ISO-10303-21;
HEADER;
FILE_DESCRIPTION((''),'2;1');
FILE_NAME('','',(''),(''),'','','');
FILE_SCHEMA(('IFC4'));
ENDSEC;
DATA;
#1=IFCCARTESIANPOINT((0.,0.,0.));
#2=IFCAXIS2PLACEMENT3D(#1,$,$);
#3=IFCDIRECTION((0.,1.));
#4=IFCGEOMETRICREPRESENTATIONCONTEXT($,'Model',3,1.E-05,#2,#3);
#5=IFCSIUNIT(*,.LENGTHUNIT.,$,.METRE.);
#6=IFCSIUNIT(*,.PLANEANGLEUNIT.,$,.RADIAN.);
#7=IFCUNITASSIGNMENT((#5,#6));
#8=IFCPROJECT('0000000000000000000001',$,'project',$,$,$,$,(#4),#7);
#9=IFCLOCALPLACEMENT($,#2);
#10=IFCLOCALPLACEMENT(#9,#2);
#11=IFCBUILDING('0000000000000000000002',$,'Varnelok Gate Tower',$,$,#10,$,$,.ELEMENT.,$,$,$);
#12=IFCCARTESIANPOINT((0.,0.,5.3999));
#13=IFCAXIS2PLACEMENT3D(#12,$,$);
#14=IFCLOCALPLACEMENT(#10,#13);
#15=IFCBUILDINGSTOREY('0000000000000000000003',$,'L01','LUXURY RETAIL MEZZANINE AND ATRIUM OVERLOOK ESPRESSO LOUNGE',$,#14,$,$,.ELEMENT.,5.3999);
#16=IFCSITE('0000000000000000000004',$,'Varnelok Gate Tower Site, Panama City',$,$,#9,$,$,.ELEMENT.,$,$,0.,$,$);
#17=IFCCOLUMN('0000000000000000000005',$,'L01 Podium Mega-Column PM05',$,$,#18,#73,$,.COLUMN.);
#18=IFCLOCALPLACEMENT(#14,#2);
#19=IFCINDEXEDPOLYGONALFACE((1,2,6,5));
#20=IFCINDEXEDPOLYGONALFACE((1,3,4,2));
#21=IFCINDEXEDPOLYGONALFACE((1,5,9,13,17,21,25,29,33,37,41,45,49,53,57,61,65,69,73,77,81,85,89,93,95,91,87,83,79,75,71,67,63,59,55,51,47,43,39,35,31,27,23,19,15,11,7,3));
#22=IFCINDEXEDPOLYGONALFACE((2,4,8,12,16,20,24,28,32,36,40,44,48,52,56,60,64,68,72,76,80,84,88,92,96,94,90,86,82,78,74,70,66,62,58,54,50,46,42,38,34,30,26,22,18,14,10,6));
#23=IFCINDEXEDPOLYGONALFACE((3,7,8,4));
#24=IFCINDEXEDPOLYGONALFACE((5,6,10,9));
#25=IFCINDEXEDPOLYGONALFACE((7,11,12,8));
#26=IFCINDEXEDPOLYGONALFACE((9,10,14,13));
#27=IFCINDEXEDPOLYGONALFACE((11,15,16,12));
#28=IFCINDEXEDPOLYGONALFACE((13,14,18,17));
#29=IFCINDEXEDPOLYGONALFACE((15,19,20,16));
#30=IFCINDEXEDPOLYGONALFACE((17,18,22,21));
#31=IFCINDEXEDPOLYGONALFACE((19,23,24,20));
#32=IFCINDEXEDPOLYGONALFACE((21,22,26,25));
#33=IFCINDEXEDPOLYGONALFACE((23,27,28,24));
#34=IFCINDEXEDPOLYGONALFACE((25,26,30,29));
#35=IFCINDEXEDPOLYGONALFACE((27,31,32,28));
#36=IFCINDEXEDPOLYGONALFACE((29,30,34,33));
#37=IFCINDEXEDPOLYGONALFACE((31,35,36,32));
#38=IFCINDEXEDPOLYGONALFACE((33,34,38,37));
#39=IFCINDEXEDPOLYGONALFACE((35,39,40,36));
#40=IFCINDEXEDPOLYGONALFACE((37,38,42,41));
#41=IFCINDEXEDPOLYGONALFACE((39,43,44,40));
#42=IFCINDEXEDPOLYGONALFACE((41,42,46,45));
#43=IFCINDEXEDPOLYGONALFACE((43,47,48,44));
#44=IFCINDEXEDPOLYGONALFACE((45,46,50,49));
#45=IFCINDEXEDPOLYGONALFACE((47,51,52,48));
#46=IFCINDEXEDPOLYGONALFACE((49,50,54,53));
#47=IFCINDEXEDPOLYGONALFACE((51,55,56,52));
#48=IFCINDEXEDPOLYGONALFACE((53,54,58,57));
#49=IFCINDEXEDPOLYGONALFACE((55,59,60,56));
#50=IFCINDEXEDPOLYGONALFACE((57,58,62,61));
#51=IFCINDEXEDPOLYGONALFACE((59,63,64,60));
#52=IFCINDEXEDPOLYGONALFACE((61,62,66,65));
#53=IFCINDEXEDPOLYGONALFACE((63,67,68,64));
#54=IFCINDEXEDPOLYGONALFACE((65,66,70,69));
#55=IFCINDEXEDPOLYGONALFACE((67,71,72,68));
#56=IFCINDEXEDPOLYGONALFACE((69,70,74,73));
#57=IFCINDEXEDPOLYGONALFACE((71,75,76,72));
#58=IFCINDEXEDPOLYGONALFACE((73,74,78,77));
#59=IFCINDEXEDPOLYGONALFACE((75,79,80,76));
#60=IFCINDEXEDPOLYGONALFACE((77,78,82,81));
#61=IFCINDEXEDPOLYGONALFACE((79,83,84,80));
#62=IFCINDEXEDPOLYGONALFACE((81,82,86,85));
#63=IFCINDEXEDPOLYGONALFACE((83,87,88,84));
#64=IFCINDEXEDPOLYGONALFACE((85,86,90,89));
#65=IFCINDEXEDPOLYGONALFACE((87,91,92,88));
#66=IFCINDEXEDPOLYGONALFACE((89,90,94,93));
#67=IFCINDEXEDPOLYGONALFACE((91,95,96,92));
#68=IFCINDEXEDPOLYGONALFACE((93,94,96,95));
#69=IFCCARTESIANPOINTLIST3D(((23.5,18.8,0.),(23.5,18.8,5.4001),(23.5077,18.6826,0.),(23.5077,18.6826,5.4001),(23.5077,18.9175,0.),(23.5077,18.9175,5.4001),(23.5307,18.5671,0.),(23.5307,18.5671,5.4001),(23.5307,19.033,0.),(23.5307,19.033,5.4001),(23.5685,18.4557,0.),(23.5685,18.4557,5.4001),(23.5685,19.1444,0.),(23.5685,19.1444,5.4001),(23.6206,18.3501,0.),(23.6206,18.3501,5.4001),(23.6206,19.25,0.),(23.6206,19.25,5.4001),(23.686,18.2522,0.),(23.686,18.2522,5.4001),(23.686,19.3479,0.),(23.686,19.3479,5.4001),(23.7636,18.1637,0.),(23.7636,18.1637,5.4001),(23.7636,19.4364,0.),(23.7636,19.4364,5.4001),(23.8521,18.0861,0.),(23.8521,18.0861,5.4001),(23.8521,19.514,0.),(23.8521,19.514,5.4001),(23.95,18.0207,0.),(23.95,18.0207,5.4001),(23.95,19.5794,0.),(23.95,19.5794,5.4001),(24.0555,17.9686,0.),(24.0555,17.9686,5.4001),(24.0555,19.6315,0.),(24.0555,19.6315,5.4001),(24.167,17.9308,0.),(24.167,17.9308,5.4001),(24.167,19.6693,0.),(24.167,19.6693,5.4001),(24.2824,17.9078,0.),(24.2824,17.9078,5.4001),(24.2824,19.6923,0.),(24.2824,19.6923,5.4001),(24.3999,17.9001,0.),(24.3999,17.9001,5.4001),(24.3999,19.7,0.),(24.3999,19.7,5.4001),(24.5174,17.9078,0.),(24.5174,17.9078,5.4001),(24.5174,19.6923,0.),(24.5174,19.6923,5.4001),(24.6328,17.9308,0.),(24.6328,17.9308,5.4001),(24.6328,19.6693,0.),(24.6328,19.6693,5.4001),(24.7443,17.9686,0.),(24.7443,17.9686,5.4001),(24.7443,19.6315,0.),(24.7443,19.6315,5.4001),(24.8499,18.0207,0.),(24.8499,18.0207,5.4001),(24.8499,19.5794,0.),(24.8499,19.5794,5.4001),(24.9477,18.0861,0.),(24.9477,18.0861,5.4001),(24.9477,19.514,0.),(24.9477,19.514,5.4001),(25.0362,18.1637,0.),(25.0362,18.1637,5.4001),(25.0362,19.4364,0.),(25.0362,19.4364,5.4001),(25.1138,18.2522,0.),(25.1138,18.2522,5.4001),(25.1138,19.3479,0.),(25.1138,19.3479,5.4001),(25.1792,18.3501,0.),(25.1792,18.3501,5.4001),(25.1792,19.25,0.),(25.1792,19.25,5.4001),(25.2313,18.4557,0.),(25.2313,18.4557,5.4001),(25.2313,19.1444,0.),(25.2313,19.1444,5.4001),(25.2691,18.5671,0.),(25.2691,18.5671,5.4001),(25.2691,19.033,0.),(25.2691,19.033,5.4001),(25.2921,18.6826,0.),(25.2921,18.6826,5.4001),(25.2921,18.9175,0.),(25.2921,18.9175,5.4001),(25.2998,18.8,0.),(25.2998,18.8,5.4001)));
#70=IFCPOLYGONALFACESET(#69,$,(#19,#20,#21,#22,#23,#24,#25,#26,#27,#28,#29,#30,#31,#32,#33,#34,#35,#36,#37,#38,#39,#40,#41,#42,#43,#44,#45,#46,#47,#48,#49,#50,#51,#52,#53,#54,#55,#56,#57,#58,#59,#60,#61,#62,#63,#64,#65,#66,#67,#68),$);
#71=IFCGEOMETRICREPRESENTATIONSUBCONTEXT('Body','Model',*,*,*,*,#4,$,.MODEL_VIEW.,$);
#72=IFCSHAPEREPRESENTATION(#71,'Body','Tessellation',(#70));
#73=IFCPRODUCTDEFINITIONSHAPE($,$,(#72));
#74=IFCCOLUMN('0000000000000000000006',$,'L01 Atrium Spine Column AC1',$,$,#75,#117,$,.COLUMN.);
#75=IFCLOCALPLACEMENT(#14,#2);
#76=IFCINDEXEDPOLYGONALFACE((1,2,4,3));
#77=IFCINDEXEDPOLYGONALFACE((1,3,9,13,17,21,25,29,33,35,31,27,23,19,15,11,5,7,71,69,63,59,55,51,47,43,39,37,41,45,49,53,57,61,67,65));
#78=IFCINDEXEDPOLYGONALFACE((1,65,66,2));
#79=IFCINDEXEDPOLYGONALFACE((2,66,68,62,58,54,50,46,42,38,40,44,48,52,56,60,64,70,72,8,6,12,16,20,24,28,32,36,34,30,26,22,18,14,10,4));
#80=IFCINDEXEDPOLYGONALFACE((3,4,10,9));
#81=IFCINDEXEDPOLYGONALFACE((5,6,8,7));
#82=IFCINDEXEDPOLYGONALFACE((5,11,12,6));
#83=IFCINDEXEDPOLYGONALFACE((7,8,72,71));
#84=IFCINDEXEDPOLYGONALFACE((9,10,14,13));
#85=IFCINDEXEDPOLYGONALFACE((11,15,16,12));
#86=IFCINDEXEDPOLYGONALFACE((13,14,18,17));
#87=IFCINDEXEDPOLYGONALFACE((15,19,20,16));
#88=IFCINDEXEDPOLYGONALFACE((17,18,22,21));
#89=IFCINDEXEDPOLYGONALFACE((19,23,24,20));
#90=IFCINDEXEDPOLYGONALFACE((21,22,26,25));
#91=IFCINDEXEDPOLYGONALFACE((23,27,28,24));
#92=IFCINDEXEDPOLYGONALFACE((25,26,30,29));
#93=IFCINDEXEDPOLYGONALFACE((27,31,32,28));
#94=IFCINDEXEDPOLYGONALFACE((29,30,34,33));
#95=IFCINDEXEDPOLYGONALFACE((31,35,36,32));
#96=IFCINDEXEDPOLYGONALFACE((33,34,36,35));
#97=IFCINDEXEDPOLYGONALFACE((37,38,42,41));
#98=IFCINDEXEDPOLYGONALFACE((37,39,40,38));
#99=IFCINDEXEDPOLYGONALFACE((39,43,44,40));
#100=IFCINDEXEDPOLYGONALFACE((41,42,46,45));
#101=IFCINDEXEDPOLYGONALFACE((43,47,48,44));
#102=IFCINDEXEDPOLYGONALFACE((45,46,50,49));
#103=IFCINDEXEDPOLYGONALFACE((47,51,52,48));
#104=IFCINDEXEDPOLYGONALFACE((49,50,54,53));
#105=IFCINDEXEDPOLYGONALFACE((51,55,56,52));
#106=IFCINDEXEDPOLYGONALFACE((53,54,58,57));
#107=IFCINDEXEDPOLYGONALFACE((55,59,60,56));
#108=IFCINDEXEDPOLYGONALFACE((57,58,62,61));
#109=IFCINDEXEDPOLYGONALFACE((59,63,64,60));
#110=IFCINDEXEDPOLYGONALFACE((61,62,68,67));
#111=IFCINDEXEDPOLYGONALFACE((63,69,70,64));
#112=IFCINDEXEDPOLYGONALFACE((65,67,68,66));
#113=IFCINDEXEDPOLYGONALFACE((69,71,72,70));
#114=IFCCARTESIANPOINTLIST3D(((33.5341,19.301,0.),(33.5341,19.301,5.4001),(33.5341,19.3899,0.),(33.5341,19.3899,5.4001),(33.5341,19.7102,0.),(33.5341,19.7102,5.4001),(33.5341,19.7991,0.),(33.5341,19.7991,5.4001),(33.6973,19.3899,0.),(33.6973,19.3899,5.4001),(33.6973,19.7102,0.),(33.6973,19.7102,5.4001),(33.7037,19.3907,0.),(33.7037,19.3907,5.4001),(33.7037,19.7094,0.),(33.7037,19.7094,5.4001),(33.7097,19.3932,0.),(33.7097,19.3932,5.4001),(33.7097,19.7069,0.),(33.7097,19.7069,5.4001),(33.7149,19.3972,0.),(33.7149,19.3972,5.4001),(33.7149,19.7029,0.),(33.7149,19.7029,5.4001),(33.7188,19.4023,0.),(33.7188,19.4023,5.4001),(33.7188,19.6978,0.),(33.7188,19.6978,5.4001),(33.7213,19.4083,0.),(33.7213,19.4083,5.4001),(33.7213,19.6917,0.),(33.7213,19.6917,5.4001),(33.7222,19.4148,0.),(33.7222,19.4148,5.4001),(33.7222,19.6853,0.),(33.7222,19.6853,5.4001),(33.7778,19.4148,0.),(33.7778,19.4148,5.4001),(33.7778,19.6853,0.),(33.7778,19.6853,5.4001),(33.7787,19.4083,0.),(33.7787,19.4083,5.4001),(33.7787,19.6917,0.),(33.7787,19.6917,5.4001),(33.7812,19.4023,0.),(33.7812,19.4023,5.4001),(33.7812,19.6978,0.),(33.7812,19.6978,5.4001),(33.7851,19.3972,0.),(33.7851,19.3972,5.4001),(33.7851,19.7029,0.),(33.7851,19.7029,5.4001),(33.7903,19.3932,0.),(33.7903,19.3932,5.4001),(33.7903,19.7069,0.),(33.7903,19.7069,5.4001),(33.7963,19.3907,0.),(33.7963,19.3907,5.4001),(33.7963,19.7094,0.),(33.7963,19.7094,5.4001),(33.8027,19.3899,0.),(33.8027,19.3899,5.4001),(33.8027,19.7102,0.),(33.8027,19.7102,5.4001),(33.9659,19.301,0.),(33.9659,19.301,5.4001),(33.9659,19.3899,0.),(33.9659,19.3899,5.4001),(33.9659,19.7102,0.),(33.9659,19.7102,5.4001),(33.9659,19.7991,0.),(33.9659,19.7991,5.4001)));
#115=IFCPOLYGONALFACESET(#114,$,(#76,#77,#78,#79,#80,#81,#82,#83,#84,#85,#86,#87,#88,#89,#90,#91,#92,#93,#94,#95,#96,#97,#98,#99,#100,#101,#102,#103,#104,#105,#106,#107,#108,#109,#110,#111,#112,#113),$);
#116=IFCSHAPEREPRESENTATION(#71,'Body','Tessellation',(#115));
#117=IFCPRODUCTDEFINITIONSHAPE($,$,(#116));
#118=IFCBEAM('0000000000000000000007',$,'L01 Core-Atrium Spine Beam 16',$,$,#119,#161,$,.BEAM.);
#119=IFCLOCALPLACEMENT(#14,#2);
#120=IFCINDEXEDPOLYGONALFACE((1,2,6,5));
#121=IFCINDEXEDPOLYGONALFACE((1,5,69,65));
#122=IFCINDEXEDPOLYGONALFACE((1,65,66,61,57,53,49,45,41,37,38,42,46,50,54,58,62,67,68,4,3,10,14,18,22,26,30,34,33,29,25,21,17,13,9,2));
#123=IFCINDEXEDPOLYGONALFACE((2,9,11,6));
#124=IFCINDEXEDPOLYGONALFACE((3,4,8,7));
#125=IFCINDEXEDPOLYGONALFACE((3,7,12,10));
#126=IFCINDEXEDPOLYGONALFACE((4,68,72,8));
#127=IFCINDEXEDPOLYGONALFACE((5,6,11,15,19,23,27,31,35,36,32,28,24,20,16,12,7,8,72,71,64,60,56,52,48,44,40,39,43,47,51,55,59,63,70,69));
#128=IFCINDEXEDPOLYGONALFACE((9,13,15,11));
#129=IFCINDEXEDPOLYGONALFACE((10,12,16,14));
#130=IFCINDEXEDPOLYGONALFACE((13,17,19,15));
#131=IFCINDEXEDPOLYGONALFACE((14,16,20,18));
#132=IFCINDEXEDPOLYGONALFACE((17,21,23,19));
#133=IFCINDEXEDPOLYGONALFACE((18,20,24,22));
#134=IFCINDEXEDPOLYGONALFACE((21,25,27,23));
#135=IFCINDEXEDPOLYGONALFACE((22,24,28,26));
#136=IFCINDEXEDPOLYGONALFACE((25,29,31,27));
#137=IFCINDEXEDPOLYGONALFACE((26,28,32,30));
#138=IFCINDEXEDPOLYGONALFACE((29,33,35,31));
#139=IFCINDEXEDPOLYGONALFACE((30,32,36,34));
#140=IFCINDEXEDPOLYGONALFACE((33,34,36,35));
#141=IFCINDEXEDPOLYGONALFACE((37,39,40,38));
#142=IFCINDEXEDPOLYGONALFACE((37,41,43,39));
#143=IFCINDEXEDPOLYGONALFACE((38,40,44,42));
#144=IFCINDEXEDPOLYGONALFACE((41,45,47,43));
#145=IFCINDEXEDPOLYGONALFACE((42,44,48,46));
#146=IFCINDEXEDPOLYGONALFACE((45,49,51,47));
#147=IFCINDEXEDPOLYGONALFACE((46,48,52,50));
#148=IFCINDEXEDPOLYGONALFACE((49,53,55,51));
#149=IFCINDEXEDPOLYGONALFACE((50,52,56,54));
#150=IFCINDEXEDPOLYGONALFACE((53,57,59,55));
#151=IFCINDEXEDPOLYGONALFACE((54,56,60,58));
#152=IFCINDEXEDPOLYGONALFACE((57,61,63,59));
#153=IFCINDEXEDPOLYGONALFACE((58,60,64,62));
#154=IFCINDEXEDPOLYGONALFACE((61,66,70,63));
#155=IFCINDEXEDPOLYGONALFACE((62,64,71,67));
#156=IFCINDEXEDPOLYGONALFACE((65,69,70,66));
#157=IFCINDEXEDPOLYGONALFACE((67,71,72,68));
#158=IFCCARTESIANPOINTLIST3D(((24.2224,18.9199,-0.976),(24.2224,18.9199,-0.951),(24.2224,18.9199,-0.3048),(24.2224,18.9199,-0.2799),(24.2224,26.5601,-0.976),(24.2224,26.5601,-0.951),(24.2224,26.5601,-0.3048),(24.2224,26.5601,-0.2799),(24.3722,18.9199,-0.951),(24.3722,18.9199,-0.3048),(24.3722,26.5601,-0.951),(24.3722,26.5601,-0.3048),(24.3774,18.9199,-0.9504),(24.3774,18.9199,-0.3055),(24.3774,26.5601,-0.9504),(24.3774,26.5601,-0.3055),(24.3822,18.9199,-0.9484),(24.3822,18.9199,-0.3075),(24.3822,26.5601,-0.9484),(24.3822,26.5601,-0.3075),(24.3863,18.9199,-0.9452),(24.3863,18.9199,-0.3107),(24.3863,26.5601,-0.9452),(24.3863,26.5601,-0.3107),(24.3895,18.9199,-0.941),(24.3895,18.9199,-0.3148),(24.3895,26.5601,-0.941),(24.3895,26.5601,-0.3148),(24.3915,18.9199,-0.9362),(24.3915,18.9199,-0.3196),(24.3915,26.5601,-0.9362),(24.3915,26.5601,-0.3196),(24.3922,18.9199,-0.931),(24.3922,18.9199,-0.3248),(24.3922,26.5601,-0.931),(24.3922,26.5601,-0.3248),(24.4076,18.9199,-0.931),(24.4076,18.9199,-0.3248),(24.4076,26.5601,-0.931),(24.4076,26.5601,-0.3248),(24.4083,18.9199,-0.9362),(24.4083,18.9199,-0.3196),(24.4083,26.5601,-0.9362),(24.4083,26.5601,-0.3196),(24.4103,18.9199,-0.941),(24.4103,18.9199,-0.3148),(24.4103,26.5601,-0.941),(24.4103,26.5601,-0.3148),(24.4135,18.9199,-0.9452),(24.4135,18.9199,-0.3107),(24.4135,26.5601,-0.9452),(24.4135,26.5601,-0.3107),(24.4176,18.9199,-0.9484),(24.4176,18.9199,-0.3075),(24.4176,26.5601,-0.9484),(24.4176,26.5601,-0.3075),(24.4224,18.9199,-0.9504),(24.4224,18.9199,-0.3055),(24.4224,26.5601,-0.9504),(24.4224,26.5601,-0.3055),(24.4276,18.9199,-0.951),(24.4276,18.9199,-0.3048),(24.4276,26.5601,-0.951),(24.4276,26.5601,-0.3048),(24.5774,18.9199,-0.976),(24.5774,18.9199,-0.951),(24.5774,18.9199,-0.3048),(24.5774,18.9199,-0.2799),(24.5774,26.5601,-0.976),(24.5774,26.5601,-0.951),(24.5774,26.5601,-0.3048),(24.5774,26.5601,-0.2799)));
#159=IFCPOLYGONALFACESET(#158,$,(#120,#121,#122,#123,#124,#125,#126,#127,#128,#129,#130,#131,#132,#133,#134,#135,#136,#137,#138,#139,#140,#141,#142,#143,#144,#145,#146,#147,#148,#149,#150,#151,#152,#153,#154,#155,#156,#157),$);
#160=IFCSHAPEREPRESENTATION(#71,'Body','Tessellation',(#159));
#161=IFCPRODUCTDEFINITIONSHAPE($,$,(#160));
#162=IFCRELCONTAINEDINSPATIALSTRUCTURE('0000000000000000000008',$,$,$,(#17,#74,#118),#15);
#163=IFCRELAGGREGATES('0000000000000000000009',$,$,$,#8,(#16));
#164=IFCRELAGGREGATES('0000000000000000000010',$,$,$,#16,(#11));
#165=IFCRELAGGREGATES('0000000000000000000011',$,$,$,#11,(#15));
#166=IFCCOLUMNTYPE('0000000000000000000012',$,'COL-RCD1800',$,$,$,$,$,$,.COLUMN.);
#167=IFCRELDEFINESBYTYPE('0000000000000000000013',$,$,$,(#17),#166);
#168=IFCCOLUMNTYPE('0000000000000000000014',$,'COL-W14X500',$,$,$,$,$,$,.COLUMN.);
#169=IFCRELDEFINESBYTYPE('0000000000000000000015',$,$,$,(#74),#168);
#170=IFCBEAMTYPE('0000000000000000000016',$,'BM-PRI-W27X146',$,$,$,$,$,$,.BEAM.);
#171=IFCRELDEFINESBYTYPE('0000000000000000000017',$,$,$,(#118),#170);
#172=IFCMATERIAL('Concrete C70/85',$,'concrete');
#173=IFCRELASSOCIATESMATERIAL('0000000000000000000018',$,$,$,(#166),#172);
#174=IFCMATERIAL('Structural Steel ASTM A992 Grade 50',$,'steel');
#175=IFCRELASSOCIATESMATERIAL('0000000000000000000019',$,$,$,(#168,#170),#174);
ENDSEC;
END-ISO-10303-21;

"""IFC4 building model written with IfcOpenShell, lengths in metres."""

from ifc_helpers import new_model, si_unit, direction, frame, origin, origin_2d, place, context, subcontext, project, spatial, circle, i_section, extrude, material, material_profile, profile_set, type_object, element, save


model = new_model("IFC4")

# Units and contexts
model_context = context("Model", 3, precision=1e-05, world=origin(), true_north=direction((0.0, 1.0)))
body_context = subcontext(model_context, "Body", "Model", "MODEL_VIEW")
ifc_project = project(units=[si_unit("LENGTHUNIT", "METRE"), si_unit("PLANEANGLEUNIT", "RADIAN")], contexts=[model_context])

# Site, building, storey
site_placement = place(None, origin())
site = spatial("IfcSite", under=ifc_project, at=site_placement, Name="Varnelok Gate Tower Site, Panama City", CompositionType="ELEMENT", RefElevation=0.0)
building_placement = place(site_placement, origin())
building = spatial("IfcBuilding", under=site, at=building_placement, Name="Varnelok Gate Tower", CompositionType="ELEMENT")
storey_placement = place(building_placement, frame((0.0, 0.0, 5.3999)))
storey = spatial("IfcBuildingStorey", under=building, at=storey_placement, Name="L01", Description="LUXURY RETAIL MEZZANINE AND ATRIUM OVERLOOK ESPRESSO LOUNGE", CompositionType="ELEMENT", Elevation=5.3999)

# Columns
ifc_material_1 = material(Name="Concrete C70/85", Category="concrete")
ifc_material_profile_1 = material_profile(ifc_material_1, circle(Radius=0.8999, at=origin_2d()), Name="RCD1800")
ifc_profile_set_1 = profile_set([ifc_material_profile_1], Name="Concrete C70/85")
column_type_1 = type_object("IfcColumnType", Name="COL-RCD1800", PredefinedType="COLUMN", material=ifc_profile_set_1)
column_1_placement = place(storey_placement, frame((24.3999, 18.8, 0.0), z_axis=(0.0, 0.0, 1.0), x_axis=(1.0, 0.0, 0.0)))
element("IfcColumn", 1, at=column_1_placement, inside=storey, type_object=column_type_1, Name="L01 Podium Mega-Column PM05", PredefinedType="COLUMN", context=body_context, shape_type="SweptSolid", body=[
    extrude(circle(Radius=0.8999, at=origin_2d()), origin(), (0.0, 0.0, 1.0), 5.4001),
])
ifc_material_2 = material(Name="Structural Steel ASTM A992 Grade 50", Category="steel")
ifc_material_profile_2 = material_profile(ifc_material_2, i_section(OverallWidth=0.4319, OverallDepth=0.498, WebThickness=0.0557, FlangeThickness=0.0889, FilletRadius=0.0249, at=origin_2d()), Name="W14X500")
ifc_profile_set_2 = profile_set([ifc_material_profile_2], Name="Structural Steel ASTM A992 Grade 50")
column_type_2 = type_object("IfcColumnType", Name="COL-W14X500", PredefinedType="COLUMN", material=ifc_profile_set_2)
column_2_placement = place(storey_placement, frame((33.75, 19.55, 0.0), z_axis=(0.0, 0.0, 1.0), x_axis=(1.0, 0.0, 0.0)))
element("IfcColumn", 2, at=column_2_placement, inside=storey, type_object=column_type_2, Name="L01 Atrium Spine Column AC1", PredefinedType="COLUMN", context=body_context, shape_type="SweptSolid", body=[
    extrude(i_section(OverallWidth=0.4319, OverallDepth=0.498, WebThickness=0.0557, FlangeThickness=0.0889, FilletRadius=0.0249, at=origin_2d()), origin(), (0.0, 0.0, 1.0), 5.4001),
])

# Beam
ifc_material_profile_3 = material_profile(ifc_material_2, i_section(OverallWidth=0.355, OverallDepth=0.696, WebThickness=0.0154, FlangeThickness=0.0249, FilletRadius=0.02, at=origin_2d()), Name="W27X146")
ifc_profile_set_3 = profile_set([ifc_material_profile_3], Name="Structural Steel ASTM A992 Grade 50")
beam_type_1 = type_object("IfcBeamType", Name="BM-PRI-W27X146", PredefinedType="BEAM", material=ifc_profile_set_3)
beam_1_placement = place(storey_placement, frame((24.3999, 18.9199, -0.6279), z_axis=(0.0, 1.0, 0.0), x_axis=(-1.0, 0.0, 0.0)))
element("IfcBeam", 3, at=beam_1_placement, inside=storey, type_object=beam_type_1, Name="L01 Core-Atrium Spine Beam 16", PredefinedType="BEAM", context=body_context, shape_type="SweptSolid", body=[
    extrude(i_section(OverallWidth=0.355, OverallDepth=0.696, WebThickness=0.0154, FlangeThickness=0.0249, FilletRadius=0.02, at=origin_2d()), origin(), (0.0, 0.0, 1.0), 7.6401),
])

save(model, "model.ifc")
